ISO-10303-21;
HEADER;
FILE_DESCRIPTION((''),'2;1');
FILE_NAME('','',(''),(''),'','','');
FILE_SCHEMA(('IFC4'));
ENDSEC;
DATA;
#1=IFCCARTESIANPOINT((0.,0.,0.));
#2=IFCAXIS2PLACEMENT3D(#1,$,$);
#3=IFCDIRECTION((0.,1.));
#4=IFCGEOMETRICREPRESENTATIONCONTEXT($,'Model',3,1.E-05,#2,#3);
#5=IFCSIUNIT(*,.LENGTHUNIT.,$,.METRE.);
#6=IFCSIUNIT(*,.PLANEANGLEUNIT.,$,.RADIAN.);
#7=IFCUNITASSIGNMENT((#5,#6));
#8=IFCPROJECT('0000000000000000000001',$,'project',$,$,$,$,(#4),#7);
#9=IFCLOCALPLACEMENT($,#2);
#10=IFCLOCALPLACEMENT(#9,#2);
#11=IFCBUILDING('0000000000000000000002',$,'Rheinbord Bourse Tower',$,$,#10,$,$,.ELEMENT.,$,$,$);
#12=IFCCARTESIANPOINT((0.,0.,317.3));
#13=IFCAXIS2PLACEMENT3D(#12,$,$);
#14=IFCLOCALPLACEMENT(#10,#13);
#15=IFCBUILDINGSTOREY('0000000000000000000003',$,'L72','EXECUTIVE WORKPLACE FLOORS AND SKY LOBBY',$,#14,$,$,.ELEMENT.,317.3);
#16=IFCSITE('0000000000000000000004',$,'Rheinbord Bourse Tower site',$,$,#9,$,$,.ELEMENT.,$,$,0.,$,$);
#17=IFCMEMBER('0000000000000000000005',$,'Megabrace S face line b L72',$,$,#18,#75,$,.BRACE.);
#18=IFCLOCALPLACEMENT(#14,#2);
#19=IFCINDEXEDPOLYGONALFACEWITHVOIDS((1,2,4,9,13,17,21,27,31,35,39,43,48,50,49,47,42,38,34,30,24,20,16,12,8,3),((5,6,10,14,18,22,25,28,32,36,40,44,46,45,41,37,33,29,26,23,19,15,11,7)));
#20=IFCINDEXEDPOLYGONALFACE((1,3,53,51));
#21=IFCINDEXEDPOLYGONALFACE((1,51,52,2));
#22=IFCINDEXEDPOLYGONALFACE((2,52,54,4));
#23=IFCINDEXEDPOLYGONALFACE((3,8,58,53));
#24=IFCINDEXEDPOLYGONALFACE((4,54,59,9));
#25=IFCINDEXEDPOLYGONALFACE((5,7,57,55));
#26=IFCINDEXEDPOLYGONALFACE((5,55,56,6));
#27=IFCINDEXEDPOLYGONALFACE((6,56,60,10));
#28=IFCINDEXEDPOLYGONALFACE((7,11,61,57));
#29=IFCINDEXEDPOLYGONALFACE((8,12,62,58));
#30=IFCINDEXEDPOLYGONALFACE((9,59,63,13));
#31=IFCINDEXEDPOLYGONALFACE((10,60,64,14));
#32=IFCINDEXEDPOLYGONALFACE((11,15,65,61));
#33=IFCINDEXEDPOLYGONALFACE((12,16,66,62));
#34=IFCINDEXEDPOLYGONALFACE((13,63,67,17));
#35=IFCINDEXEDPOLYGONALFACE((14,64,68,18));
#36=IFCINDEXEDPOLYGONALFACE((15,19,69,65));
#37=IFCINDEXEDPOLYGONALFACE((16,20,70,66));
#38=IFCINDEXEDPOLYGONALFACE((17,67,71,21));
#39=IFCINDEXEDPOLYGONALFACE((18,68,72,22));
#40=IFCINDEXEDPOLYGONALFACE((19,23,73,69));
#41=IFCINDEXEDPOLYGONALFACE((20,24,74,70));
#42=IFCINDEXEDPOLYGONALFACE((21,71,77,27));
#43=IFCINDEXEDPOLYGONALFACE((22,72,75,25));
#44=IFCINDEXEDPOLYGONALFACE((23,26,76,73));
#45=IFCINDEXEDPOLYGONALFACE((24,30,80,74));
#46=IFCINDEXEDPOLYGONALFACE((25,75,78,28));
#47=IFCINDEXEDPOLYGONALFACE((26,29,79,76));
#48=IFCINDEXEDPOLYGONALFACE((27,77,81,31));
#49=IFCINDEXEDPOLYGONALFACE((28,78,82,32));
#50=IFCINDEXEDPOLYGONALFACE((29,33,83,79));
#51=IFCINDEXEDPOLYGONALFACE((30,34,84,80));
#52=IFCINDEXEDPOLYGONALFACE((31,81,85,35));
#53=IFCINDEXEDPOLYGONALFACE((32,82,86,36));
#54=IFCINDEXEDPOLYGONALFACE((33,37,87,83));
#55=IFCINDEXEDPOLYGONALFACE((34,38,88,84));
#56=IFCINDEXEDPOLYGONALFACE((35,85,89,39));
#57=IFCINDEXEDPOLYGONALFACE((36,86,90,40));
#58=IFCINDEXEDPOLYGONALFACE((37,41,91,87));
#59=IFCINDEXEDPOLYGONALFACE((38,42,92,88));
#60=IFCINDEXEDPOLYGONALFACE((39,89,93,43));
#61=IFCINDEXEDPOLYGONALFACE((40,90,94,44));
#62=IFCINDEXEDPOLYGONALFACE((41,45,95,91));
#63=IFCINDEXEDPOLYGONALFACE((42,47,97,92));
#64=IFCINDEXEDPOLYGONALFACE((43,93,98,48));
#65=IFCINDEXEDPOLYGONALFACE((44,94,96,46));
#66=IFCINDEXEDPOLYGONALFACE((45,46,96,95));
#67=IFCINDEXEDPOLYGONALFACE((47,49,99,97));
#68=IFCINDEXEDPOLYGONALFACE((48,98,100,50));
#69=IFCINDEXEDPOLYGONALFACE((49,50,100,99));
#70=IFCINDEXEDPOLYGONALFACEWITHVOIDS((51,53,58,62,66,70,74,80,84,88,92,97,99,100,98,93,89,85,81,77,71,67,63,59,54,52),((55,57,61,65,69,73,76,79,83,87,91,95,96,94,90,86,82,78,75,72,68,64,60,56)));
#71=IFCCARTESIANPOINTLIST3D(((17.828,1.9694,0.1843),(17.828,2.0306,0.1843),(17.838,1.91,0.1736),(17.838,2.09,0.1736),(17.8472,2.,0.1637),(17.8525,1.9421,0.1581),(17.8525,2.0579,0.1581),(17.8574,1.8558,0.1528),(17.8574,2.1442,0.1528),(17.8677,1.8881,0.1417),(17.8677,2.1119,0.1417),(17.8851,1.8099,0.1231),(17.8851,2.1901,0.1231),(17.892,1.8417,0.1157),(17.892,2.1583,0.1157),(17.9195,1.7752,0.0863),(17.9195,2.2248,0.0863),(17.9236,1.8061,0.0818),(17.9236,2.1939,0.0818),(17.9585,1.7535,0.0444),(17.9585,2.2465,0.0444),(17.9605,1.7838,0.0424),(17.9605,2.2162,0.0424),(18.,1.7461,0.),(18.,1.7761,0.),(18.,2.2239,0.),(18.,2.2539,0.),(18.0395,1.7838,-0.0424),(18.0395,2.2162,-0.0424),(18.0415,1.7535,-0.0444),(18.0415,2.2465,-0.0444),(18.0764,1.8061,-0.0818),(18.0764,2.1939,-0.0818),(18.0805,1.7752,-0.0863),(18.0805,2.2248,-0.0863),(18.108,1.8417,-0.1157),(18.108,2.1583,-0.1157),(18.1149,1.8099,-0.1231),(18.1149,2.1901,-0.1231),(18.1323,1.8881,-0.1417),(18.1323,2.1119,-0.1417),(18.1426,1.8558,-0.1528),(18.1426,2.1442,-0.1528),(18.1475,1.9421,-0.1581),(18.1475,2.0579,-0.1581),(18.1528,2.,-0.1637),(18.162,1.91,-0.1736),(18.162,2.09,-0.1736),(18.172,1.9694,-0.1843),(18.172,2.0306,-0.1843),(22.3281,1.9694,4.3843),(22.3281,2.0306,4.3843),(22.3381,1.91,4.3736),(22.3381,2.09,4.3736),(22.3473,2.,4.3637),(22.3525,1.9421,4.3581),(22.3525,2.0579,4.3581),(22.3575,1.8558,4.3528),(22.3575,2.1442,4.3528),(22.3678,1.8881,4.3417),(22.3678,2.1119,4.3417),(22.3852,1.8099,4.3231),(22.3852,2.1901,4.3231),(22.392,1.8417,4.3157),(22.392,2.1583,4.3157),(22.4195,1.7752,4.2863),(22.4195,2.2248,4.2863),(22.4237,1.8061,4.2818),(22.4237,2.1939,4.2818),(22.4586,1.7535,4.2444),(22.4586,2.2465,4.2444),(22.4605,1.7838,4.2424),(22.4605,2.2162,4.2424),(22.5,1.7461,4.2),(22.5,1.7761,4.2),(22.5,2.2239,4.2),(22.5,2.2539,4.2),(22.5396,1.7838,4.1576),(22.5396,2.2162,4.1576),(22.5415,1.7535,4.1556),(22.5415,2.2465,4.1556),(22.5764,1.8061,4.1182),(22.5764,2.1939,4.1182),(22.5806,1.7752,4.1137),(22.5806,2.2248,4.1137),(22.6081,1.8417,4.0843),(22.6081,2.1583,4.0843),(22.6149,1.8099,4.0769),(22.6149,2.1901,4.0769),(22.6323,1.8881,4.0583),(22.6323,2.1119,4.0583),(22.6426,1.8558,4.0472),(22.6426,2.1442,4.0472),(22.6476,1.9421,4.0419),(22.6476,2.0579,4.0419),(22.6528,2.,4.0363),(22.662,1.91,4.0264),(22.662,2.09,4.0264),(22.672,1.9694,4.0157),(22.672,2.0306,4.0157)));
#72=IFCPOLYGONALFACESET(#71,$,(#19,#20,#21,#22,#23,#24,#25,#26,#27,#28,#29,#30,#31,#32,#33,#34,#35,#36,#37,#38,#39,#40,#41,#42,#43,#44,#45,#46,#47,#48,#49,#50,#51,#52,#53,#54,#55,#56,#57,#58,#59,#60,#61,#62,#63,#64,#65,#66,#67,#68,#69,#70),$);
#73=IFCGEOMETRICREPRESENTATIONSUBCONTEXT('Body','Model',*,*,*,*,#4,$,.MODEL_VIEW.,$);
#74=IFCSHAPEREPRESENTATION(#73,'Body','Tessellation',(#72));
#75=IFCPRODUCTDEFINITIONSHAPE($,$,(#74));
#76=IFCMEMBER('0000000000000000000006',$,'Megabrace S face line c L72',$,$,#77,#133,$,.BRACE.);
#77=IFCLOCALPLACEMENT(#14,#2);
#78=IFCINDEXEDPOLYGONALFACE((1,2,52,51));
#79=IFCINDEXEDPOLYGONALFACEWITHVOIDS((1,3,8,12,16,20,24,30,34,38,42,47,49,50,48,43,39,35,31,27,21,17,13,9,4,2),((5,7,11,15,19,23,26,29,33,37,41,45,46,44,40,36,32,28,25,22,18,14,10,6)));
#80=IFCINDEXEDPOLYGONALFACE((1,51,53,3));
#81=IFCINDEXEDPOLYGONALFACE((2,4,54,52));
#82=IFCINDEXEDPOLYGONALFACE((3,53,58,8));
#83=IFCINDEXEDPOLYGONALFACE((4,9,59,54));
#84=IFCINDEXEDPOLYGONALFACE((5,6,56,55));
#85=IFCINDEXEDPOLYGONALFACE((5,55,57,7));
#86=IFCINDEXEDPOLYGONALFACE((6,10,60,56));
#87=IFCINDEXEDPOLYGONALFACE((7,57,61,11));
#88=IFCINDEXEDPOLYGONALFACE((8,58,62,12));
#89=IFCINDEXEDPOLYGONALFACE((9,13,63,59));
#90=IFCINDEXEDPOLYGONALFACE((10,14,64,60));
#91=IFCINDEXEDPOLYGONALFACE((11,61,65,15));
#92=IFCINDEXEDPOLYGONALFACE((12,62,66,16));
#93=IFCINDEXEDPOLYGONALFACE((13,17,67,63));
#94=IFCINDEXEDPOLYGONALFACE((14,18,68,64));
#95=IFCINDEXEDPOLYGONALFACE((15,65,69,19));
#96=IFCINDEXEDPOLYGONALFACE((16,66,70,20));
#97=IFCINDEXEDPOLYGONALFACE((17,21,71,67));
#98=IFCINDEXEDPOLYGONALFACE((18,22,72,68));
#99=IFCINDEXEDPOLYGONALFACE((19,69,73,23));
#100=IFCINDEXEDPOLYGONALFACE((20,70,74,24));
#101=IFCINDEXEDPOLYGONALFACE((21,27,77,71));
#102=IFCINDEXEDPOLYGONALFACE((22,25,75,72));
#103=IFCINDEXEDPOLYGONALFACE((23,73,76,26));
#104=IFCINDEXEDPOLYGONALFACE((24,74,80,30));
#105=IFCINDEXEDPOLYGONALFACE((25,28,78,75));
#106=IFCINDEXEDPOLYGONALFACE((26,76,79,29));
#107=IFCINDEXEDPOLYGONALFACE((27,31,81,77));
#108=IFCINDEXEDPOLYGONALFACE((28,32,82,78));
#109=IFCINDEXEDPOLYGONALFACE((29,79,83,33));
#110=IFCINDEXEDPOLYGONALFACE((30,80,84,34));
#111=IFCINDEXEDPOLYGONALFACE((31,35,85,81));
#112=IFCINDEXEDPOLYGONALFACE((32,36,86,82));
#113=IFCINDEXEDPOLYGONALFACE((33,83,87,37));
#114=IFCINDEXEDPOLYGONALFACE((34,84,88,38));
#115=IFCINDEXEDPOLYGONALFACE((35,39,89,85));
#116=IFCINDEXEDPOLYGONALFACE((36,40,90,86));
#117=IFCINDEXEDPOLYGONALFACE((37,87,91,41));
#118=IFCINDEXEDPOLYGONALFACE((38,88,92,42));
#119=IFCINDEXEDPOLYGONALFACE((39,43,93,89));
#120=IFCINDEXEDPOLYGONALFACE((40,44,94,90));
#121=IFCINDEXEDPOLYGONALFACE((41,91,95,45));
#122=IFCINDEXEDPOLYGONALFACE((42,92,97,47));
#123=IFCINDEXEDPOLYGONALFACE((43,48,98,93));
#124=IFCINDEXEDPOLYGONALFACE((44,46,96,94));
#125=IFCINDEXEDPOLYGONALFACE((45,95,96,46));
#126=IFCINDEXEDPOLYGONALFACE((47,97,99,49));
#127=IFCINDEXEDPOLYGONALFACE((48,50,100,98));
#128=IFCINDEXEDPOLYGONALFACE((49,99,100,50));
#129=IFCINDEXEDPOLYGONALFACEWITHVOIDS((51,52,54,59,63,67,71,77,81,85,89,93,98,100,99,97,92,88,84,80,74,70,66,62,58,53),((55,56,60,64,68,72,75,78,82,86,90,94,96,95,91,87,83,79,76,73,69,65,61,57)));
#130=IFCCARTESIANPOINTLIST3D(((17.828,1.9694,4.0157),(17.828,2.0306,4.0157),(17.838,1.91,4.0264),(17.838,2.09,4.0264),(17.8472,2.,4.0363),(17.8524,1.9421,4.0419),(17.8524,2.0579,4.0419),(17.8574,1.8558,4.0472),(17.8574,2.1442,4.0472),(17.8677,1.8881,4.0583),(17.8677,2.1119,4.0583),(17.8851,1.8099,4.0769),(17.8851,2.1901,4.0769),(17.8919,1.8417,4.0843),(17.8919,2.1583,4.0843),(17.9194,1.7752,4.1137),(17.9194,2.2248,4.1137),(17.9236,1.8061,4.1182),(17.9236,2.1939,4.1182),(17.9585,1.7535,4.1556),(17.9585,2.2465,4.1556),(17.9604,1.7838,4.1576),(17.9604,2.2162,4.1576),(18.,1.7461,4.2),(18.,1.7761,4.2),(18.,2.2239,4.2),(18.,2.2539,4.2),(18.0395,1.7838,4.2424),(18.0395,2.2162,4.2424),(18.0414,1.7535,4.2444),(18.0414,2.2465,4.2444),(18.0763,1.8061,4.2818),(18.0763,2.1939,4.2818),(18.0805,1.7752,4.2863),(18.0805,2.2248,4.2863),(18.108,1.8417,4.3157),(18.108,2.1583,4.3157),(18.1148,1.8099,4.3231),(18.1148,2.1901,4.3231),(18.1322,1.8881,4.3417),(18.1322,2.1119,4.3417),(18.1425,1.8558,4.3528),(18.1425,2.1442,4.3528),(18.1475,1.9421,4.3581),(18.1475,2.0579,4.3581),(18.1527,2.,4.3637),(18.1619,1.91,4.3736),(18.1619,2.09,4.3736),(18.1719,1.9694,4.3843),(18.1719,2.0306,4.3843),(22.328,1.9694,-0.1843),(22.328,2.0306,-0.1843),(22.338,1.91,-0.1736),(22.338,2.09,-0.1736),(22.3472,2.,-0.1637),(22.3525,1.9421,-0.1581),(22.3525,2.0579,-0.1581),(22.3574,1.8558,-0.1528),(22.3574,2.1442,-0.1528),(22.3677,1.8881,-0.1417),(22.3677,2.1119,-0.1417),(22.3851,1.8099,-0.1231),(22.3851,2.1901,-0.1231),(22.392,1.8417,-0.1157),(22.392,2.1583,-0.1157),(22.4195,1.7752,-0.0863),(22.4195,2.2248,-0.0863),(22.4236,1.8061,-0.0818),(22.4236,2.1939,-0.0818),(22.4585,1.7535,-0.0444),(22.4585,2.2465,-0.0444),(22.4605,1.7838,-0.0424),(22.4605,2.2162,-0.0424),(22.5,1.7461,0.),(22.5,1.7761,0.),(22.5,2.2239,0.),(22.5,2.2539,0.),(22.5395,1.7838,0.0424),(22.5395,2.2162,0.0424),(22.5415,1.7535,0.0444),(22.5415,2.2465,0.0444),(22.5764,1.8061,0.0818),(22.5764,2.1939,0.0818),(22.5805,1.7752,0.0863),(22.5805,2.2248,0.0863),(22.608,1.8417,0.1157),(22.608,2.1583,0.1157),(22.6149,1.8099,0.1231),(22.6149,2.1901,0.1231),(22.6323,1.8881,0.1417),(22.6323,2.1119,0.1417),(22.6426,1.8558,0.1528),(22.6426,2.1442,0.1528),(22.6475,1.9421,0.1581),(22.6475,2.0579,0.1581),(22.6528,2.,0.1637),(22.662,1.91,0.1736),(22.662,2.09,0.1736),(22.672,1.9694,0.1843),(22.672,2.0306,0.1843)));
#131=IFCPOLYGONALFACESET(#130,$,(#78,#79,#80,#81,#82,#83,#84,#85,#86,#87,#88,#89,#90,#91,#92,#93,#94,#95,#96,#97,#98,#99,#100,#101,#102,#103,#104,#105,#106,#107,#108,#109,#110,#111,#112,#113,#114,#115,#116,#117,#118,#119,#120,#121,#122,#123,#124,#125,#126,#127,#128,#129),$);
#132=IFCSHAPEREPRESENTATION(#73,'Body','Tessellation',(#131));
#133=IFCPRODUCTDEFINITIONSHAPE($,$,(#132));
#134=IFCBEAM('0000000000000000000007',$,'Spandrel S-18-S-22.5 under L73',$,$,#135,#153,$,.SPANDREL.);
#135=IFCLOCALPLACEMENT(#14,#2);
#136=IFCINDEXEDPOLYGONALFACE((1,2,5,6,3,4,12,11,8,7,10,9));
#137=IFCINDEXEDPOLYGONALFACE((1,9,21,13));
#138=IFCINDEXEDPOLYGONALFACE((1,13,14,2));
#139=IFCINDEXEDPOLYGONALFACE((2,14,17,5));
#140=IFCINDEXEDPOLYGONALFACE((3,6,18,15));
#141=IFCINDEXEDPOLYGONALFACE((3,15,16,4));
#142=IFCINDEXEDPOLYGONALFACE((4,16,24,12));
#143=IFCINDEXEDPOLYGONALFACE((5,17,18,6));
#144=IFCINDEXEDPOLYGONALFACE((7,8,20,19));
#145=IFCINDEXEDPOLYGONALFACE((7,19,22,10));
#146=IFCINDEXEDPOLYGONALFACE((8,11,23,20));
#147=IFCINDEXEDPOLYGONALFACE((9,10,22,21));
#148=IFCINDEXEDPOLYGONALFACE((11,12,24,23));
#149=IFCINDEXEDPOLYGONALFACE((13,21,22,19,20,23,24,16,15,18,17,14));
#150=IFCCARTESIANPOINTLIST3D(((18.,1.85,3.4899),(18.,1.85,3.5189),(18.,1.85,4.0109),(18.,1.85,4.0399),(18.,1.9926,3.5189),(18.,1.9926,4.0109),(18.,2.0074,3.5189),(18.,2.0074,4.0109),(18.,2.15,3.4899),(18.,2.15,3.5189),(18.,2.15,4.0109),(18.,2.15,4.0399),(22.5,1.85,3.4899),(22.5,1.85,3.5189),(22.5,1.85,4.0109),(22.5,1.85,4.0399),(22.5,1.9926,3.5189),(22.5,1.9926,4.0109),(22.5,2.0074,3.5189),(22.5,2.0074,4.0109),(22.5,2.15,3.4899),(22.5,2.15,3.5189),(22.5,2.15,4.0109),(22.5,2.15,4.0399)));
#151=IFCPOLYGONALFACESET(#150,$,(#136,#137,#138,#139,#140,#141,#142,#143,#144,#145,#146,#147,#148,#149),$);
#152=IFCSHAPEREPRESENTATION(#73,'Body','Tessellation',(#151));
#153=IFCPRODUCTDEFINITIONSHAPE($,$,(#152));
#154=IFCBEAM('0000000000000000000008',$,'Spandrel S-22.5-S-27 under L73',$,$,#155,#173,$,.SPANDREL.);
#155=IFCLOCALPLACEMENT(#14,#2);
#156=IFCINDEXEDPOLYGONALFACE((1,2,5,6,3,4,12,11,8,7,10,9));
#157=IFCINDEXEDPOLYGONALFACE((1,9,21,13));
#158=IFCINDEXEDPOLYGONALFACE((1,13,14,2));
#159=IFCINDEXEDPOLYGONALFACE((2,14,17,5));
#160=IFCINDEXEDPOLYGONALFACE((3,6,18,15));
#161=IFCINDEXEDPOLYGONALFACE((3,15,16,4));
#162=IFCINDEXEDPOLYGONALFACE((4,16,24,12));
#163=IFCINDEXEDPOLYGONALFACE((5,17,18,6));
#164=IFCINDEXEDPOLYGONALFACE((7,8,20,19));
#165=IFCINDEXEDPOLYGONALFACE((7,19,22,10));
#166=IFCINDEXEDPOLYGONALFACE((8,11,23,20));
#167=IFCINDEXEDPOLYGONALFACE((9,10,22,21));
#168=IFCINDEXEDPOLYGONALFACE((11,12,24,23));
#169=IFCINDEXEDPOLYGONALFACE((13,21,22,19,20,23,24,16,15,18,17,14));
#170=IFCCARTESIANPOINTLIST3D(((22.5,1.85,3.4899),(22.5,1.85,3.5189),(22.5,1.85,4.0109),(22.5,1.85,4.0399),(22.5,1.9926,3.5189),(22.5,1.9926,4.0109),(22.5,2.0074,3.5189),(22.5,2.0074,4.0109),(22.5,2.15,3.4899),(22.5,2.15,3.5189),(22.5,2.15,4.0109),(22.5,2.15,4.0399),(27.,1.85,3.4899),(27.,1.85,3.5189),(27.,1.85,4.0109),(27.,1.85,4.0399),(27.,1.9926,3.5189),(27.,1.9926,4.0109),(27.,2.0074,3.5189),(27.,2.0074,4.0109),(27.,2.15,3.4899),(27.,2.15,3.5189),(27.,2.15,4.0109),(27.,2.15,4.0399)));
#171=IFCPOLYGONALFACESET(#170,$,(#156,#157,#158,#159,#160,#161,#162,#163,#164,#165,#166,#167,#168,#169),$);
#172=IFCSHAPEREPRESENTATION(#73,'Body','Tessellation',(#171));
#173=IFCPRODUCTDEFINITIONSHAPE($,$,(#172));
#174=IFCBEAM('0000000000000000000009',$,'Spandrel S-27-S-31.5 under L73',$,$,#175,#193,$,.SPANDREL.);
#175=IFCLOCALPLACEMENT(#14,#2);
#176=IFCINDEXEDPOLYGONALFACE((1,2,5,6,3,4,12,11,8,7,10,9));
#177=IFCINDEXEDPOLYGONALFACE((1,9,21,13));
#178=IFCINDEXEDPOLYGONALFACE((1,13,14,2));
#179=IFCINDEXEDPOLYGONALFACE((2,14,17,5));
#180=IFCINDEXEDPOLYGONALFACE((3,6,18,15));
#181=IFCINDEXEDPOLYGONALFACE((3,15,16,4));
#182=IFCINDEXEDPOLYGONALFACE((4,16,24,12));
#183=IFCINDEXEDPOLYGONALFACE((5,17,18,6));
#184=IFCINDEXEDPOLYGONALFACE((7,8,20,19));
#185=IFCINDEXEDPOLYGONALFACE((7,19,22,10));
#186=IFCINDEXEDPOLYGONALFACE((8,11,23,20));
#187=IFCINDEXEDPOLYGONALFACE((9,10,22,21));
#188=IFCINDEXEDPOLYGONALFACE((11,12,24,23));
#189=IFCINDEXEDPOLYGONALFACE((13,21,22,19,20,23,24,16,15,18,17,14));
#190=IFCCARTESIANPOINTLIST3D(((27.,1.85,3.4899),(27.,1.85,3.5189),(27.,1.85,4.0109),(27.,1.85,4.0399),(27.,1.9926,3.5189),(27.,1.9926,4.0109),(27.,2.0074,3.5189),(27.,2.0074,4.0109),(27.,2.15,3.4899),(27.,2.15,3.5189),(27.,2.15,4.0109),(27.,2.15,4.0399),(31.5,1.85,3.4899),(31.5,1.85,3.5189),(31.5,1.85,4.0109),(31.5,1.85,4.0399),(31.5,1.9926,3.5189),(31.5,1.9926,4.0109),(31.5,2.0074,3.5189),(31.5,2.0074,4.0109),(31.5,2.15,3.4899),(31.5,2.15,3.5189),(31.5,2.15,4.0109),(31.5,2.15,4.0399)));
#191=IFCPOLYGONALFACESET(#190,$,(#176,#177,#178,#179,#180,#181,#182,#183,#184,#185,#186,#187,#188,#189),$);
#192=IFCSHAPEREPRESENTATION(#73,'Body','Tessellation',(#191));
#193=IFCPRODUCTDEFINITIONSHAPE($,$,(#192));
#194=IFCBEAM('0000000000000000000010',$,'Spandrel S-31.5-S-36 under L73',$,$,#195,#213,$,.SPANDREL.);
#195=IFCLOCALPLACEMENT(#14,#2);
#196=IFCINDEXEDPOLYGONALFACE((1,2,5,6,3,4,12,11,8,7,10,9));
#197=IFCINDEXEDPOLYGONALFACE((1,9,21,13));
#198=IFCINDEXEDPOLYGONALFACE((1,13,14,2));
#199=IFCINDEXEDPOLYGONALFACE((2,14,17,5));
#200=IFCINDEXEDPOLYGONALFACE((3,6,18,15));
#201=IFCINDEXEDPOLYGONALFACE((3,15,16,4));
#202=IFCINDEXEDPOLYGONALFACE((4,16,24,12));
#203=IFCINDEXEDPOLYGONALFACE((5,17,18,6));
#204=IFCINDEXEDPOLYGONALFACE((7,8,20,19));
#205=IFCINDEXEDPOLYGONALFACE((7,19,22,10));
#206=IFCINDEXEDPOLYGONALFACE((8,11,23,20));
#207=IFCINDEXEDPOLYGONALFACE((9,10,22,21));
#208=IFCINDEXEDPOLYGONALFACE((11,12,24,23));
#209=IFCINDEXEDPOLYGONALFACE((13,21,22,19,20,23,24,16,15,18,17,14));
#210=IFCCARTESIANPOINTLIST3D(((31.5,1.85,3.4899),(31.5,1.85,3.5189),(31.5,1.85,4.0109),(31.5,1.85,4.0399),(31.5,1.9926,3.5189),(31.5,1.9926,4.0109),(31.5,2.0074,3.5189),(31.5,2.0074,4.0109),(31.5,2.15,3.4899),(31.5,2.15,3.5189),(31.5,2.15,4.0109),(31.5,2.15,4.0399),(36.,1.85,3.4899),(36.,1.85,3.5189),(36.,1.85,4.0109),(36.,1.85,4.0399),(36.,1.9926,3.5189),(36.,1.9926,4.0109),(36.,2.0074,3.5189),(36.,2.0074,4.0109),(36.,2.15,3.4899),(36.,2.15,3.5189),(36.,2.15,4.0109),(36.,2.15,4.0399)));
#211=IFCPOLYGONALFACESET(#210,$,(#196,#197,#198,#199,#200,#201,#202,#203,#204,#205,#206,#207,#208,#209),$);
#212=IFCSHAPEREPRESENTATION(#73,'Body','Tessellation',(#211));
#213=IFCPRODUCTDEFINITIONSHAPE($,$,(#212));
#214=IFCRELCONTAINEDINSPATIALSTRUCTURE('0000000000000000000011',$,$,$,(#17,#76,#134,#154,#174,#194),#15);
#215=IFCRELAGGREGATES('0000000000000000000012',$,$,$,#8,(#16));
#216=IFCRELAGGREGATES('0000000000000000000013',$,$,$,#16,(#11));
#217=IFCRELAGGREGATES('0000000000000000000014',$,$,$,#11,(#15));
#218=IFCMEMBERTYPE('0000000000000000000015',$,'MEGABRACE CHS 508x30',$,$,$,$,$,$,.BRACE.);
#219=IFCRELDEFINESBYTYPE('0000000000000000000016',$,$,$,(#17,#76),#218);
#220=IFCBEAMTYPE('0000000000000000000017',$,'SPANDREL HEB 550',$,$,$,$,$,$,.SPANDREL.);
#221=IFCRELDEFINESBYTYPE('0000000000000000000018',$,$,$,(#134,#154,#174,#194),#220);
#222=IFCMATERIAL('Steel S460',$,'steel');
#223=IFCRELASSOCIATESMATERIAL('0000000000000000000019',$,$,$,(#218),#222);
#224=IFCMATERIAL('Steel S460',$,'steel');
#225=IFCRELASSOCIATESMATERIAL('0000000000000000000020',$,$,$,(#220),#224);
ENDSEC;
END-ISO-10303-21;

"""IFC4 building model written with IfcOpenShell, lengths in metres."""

from ifc_helpers import new_model, si_unit, direction, frame, origin, origin_2d, place, context, subcontext, project, spatial, hollow_circle, i_section, extrude, material, material_profile, profile_set, type_object, element, save


model = new_model("IFC4")

# Units and contexts
model_context = context("Model", 3, precision=1e-05, world=origin(), true_north=direction((0.0, 1.0)))
body_context = subcontext(model_context, "Body", "Model", "MODEL_VIEW")
ifc_project = project(units=[si_unit("LENGTHUNIT", "METRE"), si_unit("PLANEANGLEUNIT", "RADIAN")], contexts=[model_context])

# Site, building, storey
site_placement = place(None, origin())
site = spatial("IfcSite", under=ifc_project, at=site_placement, Name="Rheinbord Bourse Tower site", CompositionType="ELEMENT", RefElevation=0.0)
building_placement = place(site_placement, origin())
building = spatial("IfcBuilding", under=site, at=building_placement, Name="Rheinbord Bourse Tower", CompositionType="ELEMENT")
storey_placement = place(building_placement, frame((0.0, 0.0, 317.3)))
storey = spatial("IfcBuildingStorey", under=building, at=storey_placement, Name="L72", Description="EXECUTIVE WORKPLACE FLOORS AND SKY LOBBY", CompositionType="ELEMENT", Elevation=317.3)

# Members
ifc_material_1 = material(Name="Steel S460", Category="steel")
ifc_material_profile_1 = material_profile(ifc_material_1, hollow_circle(Radius=0.2539, WallThickness=0.03, at=origin_2d()), Name="CHS 508x30")
ifc_profile_set_1 = profile_set([ifc_material_profile_1], Name="Steel S460")
member_type_1 = type_object("IfcMemberType", Name="MEGABRACE CHS 508x30", PredefinedType="BRACE", material=ifc_profile_set_1)
for number, where, z_axis, x_axis, name in (
    (1, (18.0, 2.0, 0.0), (0.731059, 0.0, 0.682314), (0.0, 1.0, 0.0), "Megabrace S face line b L72"),
    (2, (22.5, 2.0, 0.0), (-0.731059, 0.0, 0.682314), (0.0, -1.0, 0.0), "Megabrace S face line c L72"),
):
    element("IfcMember", number, at=place(storey_placement, frame(where, z_axis=z_axis, x_axis=x_axis)), inside=storey, type_object=member_type_1, Name=name, PredefinedType="BRACE", context=body_context, shape_type="SweptSolid", body=[
        extrude(hollow_circle(Radius=0.2539, WallThickness=0.03, at=origin_2d()), origin(), (0.0, 0.0, 1.0), 6.1555),
    ])

# Beams
ifc_material_2 = material(Name="Steel S460", Category="steel")
ifc_material_profile_2 = material_profile(ifc_material_2, i_section(OverallWidth=0.3, OverallDepth=0.55, WebThickness=0.0149, FlangeThickness=0.0291, at=origin_2d()), Name="HEB 550")
ifc_profile_set_2 = profile_set([ifc_material_profile_2], Name="Steel S460")
beam_type_1 = type_object("IfcBeamType", Name="SPANDREL HEB 550", PredefinedType="SPANDREL", material=ifc_profile_set_2)
for number, where, z_axis, x_axis, name in (
    (3, (18.0, 2.0, 3.7649), (1.0, 0.0, 0.0), (0.0, 1.0, 0.0), "Spandrel S-18-S-22.5 under L73"),
    (4, (22.5, 2.0, 3.7649), (1.0, 0.0, 0.0), (0.0, 1.0, 0.0), "Spandrel S-22.5-S-27 under L73"),
    (5, (27.0, 2.0, 3.7649), (1.0, 0.0, 0.0), (0.0, 1.0, 0.0), "Spandrel S-27-S-31.5 under L73"),
    (6, (31.5, 2.0, 3.7649), (1.0, 0.0, 0.0), (0.0, 1.0, 0.0), "Spandrel S-31.5-S-36 under L73"),
):
    element("IfcBeam", number, at=place(storey_placement, frame(where, z_axis=z_axis, x_axis=x_axis)), inside=storey, type_object=beam_type_1, Name=name, PredefinedType="SPANDREL", context=body_context, shape_type="SweptSolid", body=[
        extrude(i_section(OverallWidth=0.3, OverallDepth=0.55, WebThickness=0.0149, FlangeThickness=0.0291, at=origin_2d()), origin(), (0.0, 0.0, 1.0), 4.5),
    ])

save(model, "model.ifc")
